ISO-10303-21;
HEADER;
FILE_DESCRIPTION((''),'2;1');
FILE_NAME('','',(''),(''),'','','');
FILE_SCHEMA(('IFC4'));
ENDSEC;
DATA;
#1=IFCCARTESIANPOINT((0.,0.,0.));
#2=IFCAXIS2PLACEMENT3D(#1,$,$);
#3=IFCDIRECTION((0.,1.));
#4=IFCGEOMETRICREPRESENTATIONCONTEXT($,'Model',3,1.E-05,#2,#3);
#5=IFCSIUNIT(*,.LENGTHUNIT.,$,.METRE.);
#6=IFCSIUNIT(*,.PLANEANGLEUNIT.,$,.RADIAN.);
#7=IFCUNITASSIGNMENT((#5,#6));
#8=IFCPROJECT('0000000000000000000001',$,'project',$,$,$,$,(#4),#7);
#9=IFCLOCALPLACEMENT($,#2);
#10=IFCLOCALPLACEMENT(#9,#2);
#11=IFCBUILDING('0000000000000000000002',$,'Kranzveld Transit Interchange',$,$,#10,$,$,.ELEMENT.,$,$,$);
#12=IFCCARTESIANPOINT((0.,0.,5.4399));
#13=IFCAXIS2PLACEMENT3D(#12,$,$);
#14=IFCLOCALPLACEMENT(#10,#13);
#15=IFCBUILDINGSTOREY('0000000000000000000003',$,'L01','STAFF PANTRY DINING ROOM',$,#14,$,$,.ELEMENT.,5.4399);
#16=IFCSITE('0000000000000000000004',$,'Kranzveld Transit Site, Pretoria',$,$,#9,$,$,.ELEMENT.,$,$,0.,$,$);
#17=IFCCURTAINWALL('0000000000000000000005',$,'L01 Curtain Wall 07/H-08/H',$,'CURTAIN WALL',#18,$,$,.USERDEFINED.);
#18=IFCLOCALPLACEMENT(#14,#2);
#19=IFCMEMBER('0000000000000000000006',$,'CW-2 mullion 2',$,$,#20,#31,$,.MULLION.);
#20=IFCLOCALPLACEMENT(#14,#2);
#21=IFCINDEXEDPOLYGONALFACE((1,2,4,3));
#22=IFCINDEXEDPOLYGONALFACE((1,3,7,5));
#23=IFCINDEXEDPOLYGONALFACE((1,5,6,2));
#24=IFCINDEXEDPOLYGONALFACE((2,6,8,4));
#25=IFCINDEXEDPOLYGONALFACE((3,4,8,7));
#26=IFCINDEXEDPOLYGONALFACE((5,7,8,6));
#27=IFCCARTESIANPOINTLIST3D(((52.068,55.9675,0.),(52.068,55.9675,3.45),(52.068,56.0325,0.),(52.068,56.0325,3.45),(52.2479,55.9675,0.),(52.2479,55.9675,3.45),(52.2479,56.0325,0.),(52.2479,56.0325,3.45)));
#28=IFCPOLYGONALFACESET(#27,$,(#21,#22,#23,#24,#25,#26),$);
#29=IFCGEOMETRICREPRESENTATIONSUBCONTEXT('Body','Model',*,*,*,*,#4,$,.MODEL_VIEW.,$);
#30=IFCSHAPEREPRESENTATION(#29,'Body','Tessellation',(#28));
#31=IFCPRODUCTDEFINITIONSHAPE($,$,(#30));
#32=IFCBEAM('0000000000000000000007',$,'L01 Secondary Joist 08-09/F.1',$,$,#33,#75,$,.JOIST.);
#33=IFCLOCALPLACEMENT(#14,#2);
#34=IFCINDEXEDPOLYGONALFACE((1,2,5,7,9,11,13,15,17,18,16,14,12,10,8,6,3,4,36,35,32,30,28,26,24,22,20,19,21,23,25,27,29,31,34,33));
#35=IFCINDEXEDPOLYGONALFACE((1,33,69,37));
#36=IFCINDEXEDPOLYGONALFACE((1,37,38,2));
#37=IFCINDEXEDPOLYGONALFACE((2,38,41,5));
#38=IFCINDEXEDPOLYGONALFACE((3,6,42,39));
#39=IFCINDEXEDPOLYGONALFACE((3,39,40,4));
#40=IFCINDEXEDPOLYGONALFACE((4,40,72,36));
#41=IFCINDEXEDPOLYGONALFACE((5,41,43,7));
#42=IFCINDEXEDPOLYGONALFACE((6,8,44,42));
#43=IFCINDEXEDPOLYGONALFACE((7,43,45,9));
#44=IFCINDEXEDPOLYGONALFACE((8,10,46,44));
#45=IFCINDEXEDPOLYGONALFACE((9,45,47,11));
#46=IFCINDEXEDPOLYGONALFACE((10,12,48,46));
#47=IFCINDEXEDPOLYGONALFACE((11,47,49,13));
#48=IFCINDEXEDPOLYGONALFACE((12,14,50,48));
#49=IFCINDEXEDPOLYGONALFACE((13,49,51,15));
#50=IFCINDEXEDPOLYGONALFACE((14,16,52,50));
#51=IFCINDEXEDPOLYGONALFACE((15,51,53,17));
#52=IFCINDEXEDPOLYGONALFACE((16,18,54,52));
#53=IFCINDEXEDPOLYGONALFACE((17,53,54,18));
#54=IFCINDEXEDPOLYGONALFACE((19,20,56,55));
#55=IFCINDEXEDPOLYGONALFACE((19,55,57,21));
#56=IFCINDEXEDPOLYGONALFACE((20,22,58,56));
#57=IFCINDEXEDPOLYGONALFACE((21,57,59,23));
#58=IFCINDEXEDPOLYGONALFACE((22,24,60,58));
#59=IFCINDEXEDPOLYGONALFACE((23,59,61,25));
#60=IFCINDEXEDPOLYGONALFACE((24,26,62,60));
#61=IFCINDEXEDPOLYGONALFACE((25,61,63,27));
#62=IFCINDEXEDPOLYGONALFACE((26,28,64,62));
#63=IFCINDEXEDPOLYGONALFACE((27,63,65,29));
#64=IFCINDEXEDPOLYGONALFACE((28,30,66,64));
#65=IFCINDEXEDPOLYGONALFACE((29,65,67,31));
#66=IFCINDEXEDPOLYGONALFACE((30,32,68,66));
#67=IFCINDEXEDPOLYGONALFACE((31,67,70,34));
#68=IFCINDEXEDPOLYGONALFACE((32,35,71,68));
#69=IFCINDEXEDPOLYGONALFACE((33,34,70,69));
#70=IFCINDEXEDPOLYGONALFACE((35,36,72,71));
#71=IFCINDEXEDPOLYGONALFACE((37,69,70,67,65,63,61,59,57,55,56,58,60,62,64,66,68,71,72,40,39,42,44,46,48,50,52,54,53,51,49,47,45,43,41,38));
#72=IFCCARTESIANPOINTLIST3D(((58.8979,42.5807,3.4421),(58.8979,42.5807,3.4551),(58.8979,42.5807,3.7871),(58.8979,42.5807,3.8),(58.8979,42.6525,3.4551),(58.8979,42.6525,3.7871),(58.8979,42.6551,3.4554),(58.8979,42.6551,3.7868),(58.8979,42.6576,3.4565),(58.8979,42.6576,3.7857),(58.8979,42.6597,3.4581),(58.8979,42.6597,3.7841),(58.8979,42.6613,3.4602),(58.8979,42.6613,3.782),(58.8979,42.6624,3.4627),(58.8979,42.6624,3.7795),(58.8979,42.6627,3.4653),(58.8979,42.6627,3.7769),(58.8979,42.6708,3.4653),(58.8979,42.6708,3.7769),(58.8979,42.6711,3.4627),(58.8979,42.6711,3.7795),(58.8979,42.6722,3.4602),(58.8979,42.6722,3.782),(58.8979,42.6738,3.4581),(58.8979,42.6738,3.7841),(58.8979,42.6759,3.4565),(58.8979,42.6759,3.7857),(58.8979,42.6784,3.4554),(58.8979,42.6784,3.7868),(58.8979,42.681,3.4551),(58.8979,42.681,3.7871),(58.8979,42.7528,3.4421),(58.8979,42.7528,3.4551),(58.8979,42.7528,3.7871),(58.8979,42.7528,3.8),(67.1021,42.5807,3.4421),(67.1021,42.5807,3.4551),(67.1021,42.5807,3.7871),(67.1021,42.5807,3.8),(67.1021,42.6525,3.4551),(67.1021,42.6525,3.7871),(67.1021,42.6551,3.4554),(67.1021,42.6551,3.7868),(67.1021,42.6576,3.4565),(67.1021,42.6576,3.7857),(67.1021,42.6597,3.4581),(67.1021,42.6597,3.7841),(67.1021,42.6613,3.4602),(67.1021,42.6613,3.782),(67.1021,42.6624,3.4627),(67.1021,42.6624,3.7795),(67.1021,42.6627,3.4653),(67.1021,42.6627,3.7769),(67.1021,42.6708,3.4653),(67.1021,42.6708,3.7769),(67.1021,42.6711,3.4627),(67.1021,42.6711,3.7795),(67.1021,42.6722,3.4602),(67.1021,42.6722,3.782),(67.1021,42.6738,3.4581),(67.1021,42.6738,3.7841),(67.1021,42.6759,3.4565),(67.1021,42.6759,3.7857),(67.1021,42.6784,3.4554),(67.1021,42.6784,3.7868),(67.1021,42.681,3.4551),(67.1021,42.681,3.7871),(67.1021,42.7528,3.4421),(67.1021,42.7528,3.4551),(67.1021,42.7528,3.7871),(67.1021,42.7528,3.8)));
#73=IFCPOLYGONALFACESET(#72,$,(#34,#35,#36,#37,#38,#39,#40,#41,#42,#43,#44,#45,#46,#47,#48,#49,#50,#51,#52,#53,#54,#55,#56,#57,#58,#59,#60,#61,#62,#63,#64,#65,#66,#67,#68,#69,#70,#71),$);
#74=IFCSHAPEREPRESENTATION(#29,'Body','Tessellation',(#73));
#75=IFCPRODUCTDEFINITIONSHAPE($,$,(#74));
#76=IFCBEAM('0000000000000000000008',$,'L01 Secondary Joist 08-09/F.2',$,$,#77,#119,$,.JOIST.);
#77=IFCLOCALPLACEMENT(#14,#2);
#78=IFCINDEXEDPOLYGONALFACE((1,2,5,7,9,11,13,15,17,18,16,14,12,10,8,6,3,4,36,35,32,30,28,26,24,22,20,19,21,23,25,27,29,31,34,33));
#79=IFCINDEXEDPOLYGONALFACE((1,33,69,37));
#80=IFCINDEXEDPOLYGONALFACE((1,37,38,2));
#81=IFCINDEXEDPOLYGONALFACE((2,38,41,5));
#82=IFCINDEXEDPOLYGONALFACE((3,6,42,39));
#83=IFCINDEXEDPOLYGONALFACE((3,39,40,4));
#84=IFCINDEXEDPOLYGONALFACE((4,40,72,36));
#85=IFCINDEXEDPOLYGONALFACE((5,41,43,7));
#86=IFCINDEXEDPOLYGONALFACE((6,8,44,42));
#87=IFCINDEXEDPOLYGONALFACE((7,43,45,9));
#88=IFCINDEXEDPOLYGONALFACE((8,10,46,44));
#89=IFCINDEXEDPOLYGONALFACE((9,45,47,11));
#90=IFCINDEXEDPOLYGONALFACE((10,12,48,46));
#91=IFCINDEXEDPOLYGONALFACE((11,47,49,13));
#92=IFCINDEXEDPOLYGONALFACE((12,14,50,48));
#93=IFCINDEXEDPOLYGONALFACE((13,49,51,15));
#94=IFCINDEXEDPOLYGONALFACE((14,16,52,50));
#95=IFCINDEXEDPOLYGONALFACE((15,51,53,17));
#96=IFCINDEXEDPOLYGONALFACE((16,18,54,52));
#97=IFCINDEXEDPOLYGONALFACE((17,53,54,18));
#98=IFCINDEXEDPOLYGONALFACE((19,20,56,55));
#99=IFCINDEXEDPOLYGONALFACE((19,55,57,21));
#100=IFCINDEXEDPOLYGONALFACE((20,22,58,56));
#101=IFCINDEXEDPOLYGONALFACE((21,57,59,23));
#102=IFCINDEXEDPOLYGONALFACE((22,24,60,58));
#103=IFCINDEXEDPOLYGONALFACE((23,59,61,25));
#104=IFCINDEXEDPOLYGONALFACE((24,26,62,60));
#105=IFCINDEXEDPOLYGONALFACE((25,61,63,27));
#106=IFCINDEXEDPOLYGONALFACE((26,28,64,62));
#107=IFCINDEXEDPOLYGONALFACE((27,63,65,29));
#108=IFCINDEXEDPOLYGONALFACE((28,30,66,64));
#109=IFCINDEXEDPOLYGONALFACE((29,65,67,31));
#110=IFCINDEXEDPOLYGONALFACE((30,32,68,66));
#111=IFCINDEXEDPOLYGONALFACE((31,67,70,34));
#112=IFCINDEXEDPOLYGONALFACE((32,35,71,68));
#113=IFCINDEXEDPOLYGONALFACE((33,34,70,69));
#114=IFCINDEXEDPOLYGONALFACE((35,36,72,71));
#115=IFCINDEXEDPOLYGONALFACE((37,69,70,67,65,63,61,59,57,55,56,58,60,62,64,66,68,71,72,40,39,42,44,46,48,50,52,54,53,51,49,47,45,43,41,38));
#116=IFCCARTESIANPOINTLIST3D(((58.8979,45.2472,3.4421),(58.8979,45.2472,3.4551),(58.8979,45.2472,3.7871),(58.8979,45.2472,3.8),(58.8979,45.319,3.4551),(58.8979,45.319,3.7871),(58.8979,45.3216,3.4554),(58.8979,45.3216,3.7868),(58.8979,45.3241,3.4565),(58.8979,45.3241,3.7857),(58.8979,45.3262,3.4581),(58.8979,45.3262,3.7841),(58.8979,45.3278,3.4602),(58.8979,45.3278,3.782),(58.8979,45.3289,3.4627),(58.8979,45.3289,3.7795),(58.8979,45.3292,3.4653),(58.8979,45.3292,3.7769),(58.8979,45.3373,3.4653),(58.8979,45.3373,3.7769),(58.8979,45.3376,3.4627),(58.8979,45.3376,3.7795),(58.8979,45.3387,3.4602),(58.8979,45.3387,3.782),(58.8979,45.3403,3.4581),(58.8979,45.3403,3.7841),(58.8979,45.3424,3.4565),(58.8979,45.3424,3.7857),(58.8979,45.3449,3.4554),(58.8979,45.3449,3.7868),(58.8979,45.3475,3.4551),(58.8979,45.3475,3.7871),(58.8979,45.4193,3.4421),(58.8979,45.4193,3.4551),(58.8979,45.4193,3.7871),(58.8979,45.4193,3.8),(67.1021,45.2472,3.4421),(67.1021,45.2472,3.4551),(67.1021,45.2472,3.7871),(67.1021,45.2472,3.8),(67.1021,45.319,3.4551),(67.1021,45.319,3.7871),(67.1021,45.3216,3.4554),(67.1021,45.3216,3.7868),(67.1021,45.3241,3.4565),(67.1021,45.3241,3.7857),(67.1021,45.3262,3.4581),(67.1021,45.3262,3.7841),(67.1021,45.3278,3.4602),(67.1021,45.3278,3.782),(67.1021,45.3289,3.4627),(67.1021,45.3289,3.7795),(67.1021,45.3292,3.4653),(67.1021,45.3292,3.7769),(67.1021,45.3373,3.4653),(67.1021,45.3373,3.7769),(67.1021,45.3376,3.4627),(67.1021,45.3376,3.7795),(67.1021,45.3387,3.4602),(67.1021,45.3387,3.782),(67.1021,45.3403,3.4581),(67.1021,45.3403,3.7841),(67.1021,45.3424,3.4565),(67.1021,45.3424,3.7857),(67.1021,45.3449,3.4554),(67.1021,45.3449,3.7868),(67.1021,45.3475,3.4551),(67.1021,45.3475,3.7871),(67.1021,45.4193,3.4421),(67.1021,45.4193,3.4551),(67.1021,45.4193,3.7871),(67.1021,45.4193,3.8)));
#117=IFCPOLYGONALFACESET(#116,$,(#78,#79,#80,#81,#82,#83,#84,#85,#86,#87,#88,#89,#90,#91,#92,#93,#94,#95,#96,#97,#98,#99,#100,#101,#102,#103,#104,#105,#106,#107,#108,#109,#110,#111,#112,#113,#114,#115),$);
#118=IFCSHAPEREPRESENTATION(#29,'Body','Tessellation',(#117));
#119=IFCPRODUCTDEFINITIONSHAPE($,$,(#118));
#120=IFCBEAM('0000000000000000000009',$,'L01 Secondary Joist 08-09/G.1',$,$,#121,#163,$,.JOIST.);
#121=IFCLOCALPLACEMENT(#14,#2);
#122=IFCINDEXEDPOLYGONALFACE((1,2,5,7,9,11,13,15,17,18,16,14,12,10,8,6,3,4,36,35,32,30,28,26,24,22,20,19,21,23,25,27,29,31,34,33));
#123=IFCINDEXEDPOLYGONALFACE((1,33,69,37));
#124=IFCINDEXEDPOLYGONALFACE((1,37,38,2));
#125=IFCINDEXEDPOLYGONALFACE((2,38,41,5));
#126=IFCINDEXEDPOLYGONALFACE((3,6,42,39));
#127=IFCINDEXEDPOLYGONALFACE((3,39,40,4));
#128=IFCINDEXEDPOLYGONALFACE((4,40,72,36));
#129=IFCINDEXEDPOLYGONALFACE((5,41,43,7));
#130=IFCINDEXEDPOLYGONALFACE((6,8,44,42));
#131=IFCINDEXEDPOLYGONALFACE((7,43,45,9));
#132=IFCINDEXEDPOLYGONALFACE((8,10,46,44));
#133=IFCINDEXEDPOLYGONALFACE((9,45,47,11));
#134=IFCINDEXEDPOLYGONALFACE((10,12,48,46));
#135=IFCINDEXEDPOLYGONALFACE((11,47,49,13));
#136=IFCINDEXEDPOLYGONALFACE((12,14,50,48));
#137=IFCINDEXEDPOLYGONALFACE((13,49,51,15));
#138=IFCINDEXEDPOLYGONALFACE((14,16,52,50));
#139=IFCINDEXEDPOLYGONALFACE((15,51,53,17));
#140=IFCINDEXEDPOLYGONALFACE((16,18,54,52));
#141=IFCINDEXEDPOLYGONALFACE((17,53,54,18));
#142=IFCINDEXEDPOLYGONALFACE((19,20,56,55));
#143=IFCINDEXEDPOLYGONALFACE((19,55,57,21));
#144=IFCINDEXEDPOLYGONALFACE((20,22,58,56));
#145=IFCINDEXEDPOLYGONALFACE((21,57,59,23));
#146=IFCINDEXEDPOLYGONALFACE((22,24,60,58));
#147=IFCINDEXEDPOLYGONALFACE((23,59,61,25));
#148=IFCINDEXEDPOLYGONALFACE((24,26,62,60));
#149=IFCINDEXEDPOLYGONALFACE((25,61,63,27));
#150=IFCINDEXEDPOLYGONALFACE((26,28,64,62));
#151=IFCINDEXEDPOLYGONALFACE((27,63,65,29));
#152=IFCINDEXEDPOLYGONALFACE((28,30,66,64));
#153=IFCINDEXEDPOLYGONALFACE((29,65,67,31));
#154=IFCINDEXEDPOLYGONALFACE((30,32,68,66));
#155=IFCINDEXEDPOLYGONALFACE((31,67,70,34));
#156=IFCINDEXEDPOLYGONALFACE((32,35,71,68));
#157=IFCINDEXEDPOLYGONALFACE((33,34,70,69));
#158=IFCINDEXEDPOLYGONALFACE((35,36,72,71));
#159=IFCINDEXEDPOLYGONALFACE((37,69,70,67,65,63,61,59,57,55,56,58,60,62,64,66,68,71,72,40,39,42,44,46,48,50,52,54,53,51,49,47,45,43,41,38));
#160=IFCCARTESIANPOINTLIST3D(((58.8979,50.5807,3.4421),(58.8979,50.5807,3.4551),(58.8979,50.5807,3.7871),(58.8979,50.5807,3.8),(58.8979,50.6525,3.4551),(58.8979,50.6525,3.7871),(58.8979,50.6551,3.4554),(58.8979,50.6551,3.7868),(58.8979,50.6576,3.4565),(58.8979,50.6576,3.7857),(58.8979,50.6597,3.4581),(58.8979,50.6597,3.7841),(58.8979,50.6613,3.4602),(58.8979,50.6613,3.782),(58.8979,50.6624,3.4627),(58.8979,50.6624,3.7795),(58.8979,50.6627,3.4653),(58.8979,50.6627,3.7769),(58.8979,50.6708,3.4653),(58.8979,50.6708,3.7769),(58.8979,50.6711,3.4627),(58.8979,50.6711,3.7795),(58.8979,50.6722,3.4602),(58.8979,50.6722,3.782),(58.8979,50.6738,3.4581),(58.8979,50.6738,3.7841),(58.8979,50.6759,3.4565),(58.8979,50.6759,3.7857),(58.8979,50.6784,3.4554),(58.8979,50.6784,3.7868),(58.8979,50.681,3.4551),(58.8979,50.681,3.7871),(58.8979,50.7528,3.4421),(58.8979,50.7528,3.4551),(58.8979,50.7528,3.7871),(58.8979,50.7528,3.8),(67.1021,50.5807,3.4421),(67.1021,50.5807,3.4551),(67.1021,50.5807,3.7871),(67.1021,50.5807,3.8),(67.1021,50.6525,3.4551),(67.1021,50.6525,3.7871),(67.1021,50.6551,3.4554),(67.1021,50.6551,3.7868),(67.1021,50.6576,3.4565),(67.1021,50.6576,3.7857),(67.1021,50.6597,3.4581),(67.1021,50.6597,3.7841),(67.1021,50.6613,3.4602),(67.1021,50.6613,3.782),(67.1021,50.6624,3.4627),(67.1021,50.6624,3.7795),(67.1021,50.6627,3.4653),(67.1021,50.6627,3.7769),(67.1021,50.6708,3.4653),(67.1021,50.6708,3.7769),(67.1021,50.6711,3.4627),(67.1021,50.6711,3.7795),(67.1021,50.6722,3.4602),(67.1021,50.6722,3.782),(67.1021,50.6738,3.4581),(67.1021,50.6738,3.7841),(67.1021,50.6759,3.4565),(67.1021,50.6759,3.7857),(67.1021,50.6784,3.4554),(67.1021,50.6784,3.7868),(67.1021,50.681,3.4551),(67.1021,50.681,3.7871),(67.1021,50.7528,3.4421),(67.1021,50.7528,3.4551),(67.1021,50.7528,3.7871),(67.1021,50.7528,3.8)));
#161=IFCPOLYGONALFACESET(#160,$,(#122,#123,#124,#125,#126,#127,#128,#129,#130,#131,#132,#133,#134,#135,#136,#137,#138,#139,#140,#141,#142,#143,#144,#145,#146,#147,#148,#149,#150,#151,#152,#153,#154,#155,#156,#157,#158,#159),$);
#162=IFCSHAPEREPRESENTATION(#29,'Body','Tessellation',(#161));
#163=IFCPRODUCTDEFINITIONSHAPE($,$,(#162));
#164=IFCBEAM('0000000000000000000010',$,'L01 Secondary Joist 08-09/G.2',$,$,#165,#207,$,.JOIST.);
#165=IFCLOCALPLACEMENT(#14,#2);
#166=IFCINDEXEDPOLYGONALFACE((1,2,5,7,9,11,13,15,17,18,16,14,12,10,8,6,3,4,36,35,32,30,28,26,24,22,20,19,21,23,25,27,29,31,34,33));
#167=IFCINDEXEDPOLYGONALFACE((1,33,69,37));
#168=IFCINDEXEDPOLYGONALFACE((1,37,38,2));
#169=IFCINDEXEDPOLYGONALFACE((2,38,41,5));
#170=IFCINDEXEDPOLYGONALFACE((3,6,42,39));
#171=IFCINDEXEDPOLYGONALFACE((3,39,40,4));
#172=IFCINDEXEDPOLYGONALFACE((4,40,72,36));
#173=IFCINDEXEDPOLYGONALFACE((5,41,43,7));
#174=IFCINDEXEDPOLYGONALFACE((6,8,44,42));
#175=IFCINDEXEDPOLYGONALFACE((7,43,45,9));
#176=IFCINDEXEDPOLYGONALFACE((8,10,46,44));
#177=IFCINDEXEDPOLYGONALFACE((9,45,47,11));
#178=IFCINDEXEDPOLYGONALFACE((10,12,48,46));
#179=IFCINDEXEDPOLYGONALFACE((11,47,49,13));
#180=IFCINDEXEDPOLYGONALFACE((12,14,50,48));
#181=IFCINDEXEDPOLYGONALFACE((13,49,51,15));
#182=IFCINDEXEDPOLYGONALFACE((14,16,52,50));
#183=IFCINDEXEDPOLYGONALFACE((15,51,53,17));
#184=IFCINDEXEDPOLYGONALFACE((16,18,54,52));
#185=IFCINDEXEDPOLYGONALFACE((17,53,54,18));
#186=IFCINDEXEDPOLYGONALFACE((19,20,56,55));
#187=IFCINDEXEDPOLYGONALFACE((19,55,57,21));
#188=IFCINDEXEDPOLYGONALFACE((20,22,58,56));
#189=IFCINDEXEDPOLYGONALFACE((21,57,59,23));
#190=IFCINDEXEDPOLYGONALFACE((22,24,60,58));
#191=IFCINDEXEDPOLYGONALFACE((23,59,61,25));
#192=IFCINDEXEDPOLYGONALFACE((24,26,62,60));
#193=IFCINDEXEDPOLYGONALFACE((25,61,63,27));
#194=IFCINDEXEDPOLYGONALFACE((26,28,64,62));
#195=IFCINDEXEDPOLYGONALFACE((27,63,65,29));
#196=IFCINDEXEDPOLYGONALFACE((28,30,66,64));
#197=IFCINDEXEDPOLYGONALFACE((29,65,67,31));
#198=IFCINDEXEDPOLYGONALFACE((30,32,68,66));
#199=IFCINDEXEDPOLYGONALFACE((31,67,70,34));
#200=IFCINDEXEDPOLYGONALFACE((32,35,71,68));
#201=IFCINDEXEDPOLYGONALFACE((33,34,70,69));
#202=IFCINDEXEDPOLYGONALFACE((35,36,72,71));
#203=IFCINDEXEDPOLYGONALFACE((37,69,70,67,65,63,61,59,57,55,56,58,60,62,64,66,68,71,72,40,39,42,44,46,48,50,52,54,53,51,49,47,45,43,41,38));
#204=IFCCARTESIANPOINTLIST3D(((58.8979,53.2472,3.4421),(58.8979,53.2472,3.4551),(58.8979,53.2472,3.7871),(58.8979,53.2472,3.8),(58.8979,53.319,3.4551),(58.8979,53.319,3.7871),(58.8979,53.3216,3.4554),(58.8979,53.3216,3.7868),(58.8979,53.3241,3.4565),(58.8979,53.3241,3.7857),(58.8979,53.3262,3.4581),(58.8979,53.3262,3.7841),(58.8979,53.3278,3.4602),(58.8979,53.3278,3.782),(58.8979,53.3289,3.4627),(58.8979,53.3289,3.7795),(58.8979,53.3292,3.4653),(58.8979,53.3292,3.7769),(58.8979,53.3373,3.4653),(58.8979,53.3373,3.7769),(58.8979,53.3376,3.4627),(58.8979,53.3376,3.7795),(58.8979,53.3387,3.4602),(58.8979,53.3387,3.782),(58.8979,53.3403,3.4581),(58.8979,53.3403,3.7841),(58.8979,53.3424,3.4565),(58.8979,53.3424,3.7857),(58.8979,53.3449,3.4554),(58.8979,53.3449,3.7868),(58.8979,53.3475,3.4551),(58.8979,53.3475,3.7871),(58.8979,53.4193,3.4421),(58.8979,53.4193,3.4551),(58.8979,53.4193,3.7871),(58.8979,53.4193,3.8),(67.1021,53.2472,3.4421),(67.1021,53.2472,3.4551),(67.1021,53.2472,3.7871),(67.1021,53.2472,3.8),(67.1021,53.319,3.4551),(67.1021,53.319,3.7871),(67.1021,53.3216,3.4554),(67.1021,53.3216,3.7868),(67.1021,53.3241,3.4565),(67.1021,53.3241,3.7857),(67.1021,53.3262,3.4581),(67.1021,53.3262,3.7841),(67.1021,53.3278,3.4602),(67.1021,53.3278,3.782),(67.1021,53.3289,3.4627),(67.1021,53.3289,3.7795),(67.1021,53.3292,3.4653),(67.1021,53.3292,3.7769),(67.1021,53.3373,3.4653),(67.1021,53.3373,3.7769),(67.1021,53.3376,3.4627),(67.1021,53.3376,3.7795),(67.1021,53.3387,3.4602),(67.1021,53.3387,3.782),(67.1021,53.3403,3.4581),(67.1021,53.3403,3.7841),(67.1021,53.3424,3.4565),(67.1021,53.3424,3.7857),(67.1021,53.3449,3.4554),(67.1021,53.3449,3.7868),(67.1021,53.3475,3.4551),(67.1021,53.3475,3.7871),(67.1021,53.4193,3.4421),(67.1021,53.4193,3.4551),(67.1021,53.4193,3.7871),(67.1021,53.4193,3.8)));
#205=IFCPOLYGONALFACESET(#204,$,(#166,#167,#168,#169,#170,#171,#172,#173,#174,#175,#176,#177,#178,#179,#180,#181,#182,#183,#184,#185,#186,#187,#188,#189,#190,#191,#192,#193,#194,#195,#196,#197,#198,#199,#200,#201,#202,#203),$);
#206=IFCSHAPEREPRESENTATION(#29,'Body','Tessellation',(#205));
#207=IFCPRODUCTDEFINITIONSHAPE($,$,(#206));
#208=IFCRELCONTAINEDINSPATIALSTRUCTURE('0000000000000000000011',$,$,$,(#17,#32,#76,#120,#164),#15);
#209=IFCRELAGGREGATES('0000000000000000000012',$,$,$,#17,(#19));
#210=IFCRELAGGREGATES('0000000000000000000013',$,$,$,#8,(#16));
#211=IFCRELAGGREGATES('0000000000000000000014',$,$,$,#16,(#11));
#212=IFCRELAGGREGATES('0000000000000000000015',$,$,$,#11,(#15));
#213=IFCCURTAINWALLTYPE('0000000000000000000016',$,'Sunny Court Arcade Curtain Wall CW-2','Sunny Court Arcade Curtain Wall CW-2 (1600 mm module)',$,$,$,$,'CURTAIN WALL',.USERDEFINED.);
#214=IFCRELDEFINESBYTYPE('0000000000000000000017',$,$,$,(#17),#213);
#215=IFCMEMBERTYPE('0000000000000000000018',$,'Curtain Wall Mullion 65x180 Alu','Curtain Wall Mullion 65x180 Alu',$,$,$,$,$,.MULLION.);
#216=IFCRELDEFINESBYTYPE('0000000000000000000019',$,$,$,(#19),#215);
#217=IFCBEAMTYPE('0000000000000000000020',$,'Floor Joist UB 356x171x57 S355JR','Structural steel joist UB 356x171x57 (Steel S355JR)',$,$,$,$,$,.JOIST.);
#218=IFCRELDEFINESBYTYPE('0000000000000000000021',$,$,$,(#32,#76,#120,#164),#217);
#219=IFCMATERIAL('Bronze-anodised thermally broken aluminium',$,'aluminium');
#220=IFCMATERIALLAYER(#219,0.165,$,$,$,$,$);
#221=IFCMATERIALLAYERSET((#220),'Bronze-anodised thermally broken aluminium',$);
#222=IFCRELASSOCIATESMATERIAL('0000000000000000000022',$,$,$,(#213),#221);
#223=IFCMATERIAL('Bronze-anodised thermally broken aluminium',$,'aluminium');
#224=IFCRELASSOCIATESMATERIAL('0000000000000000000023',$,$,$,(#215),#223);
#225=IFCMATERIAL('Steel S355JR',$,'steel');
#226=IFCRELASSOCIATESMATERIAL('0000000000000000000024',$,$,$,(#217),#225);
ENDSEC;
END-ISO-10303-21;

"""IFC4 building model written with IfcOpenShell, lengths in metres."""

from ifc_helpers import new_model, si_unit, direction, frame, origin, origin_2d, place, context, subcontext, project, spatial, rectangle, i_section, extrude, material, layer, layer_set, material_profile, profile_set, type_object, element, aggregate, save


model = new_model("IFC4")

# Units and contexts
model_context = context("Model", 3, precision=1e-05, world=origin(), true_north=direction((0.0, 1.0)))
body_context = subcontext(model_context, "Body", "Model", "MODEL_VIEW")
ifc_project = project(units=[si_unit("LENGTHUNIT", "METRE"), si_unit("PLANEANGLEUNIT", "RADIAN")], contexts=[model_context])

# Site, building, storey
site_placement = place(None, origin())
site = spatial("IfcSite", under=ifc_project, at=site_placement, Name="Kranzveld Transit Site, Pretoria", CompositionType="ELEMENT", RefElevation=0.0)
building_placement = place(site_placement, origin())
building = spatial("IfcBuilding", under=site, at=building_placement, Name="Kranzveld Transit Interchange", CompositionType="ELEMENT")
storey_placement = place(building_placement, frame((0.0, 0.0, 5.4399)))
storey = spatial("IfcBuildingStorey", under=building, at=storey_placement, Name="L01", Description="STAFF PANTRY DINING ROOM", CompositionType="ELEMENT", Elevation=5.4399)

# Curtain wall, member
ifc_material_1 = material(Name="Bronze-anodised thermally broken aluminium", Category="aluminium")
ifc_layer_1 = layer(ifc_material_1, 0.165)
ifc_layer_set_1 = layer_set([ifc_layer_1], Name="Bronze-anodised thermally broken aluminium")
curtain_wall_type = type_object("IfcCurtainWallType", Name="Sunny Court Arcade Curtain Wall CW-2", Description="Sunny Court Arcade Curtain Wall CW-2 (1600 mm module)", ElementType="CURTAIN WALL", PredefinedType="USERDEFINED", material=ifc_layer_set_1)
curtain_wall_placement = place(storey_placement, origin())
curtain_wall = element("IfcCurtainWall", 1, at=curtain_wall_placement, inside=storey, type_object=curtain_wall_type, Name="L01 Curtain Wall 07/H-08/H", ObjectType="CURTAIN WALL", PredefinedType="USERDEFINED")
ifc_material_2 = material(Name="Bronze-anodised thermally broken aluminium", Category="aluminium")
ifc_material_profile_1 = material_profile(ifc_material_2, rectangle(XDim=0.0649, YDim=0.1799, at=origin_2d()), Name="ALU MULLION 65x180")
ifc_profile_set_1 = profile_set([ifc_material_profile_1], Name="Bronze-anodised thermally broken aluminium")
member_type = type_object("IfcMemberType", Name="Curtain Wall Mullion 65x180 Alu", Description="Curtain Wall Mullion 65x180 Alu", PredefinedType="MULLION", material=ifc_profile_set_1)
member_placement = place(storey_placement, frame((52.158, 56.0, 0.0), z_axis=(0.0, 0.0, 1.0), x_axis=(0.0, 1.0, 0.0)))
member = element("IfcMember", 2, at=member_placement, type_object=member_type, Name="CW-2 mullion 2", PredefinedType="MULLION", context=body_context, shape_type="SweptSolid", body=[
    extrude(rectangle(XDim=0.0649, YDim=0.1799, at=origin_2d()), origin(), (0.0, 0.0, 1.0), 3.45),
])
aggregate(curtain_wall, [member])

# Beams
ifc_material_3 = material(Name="Steel S355JR", Category="steel")
ifc_material_profile_2 = material_profile(ifc_material_3, i_section(OverallWidth=0.1721, OverallDepth=0.3579, WebThickness=0.0081, FlangeThickness=0.0129, FilletRadius=0.0103, at=origin_2d()), Name="UB 356x171x57")
ifc_profile_set_2 = profile_set([ifc_material_profile_2], Name="Steel S355JR")
beam_type_1 = type_object("IfcBeamType", Name="Floor Joist UB 356x171x57 S355JR", Description="Structural steel joist UB 356x171x57 (Steel S355JR)", PredefinedType="JOIST", material=ifc_profile_set_2)
for number, where, z_axis, x_axis, name in (
    (3, (58.8979, 42.6667, 3.6211), (1.0, 0.0, 0.0), (0.0, 1.0, 0.0), "L01 Secondary Joist 08-09/F.1"),
    (4, (58.8979, 45.3333, 3.6211), (1.0, 0.0, 0.0), (0.0, 1.0, 0.0), "L01 Secondary Joist 08-09/F.2"),
    (5, (58.8979, 50.6667, 3.6211), (1.0, 0.0, 0.0), (0.0, 1.0, 0.0), "L01 Secondary Joist 08-09/G.1"),
    (6, (58.8979, 53.3333, 3.6211), (1.0, 0.0, 0.0), (0.0, 1.0, 0.0), "L01 Secondary Joist 08-09/G.2"),
):
    element("IfcBeam", number, at=place(storey_placement, frame(where, z_axis=z_axis, x_axis=x_axis)), inside=storey, type_object=beam_type_1, Name=name, PredefinedType="JOIST", context=body_context, shape_type="SweptSolid", body=[
        extrude(i_section(OverallWidth=0.1721, OverallDepth=0.3579, WebThickness=0.0081, FlangeThickness=0.0129, FilletRadius=0.0103, at=origin_2d()), origin(), (0.0, 0.0, 1.0), 8.2041),
    ])

save(model, "model.ifc")
